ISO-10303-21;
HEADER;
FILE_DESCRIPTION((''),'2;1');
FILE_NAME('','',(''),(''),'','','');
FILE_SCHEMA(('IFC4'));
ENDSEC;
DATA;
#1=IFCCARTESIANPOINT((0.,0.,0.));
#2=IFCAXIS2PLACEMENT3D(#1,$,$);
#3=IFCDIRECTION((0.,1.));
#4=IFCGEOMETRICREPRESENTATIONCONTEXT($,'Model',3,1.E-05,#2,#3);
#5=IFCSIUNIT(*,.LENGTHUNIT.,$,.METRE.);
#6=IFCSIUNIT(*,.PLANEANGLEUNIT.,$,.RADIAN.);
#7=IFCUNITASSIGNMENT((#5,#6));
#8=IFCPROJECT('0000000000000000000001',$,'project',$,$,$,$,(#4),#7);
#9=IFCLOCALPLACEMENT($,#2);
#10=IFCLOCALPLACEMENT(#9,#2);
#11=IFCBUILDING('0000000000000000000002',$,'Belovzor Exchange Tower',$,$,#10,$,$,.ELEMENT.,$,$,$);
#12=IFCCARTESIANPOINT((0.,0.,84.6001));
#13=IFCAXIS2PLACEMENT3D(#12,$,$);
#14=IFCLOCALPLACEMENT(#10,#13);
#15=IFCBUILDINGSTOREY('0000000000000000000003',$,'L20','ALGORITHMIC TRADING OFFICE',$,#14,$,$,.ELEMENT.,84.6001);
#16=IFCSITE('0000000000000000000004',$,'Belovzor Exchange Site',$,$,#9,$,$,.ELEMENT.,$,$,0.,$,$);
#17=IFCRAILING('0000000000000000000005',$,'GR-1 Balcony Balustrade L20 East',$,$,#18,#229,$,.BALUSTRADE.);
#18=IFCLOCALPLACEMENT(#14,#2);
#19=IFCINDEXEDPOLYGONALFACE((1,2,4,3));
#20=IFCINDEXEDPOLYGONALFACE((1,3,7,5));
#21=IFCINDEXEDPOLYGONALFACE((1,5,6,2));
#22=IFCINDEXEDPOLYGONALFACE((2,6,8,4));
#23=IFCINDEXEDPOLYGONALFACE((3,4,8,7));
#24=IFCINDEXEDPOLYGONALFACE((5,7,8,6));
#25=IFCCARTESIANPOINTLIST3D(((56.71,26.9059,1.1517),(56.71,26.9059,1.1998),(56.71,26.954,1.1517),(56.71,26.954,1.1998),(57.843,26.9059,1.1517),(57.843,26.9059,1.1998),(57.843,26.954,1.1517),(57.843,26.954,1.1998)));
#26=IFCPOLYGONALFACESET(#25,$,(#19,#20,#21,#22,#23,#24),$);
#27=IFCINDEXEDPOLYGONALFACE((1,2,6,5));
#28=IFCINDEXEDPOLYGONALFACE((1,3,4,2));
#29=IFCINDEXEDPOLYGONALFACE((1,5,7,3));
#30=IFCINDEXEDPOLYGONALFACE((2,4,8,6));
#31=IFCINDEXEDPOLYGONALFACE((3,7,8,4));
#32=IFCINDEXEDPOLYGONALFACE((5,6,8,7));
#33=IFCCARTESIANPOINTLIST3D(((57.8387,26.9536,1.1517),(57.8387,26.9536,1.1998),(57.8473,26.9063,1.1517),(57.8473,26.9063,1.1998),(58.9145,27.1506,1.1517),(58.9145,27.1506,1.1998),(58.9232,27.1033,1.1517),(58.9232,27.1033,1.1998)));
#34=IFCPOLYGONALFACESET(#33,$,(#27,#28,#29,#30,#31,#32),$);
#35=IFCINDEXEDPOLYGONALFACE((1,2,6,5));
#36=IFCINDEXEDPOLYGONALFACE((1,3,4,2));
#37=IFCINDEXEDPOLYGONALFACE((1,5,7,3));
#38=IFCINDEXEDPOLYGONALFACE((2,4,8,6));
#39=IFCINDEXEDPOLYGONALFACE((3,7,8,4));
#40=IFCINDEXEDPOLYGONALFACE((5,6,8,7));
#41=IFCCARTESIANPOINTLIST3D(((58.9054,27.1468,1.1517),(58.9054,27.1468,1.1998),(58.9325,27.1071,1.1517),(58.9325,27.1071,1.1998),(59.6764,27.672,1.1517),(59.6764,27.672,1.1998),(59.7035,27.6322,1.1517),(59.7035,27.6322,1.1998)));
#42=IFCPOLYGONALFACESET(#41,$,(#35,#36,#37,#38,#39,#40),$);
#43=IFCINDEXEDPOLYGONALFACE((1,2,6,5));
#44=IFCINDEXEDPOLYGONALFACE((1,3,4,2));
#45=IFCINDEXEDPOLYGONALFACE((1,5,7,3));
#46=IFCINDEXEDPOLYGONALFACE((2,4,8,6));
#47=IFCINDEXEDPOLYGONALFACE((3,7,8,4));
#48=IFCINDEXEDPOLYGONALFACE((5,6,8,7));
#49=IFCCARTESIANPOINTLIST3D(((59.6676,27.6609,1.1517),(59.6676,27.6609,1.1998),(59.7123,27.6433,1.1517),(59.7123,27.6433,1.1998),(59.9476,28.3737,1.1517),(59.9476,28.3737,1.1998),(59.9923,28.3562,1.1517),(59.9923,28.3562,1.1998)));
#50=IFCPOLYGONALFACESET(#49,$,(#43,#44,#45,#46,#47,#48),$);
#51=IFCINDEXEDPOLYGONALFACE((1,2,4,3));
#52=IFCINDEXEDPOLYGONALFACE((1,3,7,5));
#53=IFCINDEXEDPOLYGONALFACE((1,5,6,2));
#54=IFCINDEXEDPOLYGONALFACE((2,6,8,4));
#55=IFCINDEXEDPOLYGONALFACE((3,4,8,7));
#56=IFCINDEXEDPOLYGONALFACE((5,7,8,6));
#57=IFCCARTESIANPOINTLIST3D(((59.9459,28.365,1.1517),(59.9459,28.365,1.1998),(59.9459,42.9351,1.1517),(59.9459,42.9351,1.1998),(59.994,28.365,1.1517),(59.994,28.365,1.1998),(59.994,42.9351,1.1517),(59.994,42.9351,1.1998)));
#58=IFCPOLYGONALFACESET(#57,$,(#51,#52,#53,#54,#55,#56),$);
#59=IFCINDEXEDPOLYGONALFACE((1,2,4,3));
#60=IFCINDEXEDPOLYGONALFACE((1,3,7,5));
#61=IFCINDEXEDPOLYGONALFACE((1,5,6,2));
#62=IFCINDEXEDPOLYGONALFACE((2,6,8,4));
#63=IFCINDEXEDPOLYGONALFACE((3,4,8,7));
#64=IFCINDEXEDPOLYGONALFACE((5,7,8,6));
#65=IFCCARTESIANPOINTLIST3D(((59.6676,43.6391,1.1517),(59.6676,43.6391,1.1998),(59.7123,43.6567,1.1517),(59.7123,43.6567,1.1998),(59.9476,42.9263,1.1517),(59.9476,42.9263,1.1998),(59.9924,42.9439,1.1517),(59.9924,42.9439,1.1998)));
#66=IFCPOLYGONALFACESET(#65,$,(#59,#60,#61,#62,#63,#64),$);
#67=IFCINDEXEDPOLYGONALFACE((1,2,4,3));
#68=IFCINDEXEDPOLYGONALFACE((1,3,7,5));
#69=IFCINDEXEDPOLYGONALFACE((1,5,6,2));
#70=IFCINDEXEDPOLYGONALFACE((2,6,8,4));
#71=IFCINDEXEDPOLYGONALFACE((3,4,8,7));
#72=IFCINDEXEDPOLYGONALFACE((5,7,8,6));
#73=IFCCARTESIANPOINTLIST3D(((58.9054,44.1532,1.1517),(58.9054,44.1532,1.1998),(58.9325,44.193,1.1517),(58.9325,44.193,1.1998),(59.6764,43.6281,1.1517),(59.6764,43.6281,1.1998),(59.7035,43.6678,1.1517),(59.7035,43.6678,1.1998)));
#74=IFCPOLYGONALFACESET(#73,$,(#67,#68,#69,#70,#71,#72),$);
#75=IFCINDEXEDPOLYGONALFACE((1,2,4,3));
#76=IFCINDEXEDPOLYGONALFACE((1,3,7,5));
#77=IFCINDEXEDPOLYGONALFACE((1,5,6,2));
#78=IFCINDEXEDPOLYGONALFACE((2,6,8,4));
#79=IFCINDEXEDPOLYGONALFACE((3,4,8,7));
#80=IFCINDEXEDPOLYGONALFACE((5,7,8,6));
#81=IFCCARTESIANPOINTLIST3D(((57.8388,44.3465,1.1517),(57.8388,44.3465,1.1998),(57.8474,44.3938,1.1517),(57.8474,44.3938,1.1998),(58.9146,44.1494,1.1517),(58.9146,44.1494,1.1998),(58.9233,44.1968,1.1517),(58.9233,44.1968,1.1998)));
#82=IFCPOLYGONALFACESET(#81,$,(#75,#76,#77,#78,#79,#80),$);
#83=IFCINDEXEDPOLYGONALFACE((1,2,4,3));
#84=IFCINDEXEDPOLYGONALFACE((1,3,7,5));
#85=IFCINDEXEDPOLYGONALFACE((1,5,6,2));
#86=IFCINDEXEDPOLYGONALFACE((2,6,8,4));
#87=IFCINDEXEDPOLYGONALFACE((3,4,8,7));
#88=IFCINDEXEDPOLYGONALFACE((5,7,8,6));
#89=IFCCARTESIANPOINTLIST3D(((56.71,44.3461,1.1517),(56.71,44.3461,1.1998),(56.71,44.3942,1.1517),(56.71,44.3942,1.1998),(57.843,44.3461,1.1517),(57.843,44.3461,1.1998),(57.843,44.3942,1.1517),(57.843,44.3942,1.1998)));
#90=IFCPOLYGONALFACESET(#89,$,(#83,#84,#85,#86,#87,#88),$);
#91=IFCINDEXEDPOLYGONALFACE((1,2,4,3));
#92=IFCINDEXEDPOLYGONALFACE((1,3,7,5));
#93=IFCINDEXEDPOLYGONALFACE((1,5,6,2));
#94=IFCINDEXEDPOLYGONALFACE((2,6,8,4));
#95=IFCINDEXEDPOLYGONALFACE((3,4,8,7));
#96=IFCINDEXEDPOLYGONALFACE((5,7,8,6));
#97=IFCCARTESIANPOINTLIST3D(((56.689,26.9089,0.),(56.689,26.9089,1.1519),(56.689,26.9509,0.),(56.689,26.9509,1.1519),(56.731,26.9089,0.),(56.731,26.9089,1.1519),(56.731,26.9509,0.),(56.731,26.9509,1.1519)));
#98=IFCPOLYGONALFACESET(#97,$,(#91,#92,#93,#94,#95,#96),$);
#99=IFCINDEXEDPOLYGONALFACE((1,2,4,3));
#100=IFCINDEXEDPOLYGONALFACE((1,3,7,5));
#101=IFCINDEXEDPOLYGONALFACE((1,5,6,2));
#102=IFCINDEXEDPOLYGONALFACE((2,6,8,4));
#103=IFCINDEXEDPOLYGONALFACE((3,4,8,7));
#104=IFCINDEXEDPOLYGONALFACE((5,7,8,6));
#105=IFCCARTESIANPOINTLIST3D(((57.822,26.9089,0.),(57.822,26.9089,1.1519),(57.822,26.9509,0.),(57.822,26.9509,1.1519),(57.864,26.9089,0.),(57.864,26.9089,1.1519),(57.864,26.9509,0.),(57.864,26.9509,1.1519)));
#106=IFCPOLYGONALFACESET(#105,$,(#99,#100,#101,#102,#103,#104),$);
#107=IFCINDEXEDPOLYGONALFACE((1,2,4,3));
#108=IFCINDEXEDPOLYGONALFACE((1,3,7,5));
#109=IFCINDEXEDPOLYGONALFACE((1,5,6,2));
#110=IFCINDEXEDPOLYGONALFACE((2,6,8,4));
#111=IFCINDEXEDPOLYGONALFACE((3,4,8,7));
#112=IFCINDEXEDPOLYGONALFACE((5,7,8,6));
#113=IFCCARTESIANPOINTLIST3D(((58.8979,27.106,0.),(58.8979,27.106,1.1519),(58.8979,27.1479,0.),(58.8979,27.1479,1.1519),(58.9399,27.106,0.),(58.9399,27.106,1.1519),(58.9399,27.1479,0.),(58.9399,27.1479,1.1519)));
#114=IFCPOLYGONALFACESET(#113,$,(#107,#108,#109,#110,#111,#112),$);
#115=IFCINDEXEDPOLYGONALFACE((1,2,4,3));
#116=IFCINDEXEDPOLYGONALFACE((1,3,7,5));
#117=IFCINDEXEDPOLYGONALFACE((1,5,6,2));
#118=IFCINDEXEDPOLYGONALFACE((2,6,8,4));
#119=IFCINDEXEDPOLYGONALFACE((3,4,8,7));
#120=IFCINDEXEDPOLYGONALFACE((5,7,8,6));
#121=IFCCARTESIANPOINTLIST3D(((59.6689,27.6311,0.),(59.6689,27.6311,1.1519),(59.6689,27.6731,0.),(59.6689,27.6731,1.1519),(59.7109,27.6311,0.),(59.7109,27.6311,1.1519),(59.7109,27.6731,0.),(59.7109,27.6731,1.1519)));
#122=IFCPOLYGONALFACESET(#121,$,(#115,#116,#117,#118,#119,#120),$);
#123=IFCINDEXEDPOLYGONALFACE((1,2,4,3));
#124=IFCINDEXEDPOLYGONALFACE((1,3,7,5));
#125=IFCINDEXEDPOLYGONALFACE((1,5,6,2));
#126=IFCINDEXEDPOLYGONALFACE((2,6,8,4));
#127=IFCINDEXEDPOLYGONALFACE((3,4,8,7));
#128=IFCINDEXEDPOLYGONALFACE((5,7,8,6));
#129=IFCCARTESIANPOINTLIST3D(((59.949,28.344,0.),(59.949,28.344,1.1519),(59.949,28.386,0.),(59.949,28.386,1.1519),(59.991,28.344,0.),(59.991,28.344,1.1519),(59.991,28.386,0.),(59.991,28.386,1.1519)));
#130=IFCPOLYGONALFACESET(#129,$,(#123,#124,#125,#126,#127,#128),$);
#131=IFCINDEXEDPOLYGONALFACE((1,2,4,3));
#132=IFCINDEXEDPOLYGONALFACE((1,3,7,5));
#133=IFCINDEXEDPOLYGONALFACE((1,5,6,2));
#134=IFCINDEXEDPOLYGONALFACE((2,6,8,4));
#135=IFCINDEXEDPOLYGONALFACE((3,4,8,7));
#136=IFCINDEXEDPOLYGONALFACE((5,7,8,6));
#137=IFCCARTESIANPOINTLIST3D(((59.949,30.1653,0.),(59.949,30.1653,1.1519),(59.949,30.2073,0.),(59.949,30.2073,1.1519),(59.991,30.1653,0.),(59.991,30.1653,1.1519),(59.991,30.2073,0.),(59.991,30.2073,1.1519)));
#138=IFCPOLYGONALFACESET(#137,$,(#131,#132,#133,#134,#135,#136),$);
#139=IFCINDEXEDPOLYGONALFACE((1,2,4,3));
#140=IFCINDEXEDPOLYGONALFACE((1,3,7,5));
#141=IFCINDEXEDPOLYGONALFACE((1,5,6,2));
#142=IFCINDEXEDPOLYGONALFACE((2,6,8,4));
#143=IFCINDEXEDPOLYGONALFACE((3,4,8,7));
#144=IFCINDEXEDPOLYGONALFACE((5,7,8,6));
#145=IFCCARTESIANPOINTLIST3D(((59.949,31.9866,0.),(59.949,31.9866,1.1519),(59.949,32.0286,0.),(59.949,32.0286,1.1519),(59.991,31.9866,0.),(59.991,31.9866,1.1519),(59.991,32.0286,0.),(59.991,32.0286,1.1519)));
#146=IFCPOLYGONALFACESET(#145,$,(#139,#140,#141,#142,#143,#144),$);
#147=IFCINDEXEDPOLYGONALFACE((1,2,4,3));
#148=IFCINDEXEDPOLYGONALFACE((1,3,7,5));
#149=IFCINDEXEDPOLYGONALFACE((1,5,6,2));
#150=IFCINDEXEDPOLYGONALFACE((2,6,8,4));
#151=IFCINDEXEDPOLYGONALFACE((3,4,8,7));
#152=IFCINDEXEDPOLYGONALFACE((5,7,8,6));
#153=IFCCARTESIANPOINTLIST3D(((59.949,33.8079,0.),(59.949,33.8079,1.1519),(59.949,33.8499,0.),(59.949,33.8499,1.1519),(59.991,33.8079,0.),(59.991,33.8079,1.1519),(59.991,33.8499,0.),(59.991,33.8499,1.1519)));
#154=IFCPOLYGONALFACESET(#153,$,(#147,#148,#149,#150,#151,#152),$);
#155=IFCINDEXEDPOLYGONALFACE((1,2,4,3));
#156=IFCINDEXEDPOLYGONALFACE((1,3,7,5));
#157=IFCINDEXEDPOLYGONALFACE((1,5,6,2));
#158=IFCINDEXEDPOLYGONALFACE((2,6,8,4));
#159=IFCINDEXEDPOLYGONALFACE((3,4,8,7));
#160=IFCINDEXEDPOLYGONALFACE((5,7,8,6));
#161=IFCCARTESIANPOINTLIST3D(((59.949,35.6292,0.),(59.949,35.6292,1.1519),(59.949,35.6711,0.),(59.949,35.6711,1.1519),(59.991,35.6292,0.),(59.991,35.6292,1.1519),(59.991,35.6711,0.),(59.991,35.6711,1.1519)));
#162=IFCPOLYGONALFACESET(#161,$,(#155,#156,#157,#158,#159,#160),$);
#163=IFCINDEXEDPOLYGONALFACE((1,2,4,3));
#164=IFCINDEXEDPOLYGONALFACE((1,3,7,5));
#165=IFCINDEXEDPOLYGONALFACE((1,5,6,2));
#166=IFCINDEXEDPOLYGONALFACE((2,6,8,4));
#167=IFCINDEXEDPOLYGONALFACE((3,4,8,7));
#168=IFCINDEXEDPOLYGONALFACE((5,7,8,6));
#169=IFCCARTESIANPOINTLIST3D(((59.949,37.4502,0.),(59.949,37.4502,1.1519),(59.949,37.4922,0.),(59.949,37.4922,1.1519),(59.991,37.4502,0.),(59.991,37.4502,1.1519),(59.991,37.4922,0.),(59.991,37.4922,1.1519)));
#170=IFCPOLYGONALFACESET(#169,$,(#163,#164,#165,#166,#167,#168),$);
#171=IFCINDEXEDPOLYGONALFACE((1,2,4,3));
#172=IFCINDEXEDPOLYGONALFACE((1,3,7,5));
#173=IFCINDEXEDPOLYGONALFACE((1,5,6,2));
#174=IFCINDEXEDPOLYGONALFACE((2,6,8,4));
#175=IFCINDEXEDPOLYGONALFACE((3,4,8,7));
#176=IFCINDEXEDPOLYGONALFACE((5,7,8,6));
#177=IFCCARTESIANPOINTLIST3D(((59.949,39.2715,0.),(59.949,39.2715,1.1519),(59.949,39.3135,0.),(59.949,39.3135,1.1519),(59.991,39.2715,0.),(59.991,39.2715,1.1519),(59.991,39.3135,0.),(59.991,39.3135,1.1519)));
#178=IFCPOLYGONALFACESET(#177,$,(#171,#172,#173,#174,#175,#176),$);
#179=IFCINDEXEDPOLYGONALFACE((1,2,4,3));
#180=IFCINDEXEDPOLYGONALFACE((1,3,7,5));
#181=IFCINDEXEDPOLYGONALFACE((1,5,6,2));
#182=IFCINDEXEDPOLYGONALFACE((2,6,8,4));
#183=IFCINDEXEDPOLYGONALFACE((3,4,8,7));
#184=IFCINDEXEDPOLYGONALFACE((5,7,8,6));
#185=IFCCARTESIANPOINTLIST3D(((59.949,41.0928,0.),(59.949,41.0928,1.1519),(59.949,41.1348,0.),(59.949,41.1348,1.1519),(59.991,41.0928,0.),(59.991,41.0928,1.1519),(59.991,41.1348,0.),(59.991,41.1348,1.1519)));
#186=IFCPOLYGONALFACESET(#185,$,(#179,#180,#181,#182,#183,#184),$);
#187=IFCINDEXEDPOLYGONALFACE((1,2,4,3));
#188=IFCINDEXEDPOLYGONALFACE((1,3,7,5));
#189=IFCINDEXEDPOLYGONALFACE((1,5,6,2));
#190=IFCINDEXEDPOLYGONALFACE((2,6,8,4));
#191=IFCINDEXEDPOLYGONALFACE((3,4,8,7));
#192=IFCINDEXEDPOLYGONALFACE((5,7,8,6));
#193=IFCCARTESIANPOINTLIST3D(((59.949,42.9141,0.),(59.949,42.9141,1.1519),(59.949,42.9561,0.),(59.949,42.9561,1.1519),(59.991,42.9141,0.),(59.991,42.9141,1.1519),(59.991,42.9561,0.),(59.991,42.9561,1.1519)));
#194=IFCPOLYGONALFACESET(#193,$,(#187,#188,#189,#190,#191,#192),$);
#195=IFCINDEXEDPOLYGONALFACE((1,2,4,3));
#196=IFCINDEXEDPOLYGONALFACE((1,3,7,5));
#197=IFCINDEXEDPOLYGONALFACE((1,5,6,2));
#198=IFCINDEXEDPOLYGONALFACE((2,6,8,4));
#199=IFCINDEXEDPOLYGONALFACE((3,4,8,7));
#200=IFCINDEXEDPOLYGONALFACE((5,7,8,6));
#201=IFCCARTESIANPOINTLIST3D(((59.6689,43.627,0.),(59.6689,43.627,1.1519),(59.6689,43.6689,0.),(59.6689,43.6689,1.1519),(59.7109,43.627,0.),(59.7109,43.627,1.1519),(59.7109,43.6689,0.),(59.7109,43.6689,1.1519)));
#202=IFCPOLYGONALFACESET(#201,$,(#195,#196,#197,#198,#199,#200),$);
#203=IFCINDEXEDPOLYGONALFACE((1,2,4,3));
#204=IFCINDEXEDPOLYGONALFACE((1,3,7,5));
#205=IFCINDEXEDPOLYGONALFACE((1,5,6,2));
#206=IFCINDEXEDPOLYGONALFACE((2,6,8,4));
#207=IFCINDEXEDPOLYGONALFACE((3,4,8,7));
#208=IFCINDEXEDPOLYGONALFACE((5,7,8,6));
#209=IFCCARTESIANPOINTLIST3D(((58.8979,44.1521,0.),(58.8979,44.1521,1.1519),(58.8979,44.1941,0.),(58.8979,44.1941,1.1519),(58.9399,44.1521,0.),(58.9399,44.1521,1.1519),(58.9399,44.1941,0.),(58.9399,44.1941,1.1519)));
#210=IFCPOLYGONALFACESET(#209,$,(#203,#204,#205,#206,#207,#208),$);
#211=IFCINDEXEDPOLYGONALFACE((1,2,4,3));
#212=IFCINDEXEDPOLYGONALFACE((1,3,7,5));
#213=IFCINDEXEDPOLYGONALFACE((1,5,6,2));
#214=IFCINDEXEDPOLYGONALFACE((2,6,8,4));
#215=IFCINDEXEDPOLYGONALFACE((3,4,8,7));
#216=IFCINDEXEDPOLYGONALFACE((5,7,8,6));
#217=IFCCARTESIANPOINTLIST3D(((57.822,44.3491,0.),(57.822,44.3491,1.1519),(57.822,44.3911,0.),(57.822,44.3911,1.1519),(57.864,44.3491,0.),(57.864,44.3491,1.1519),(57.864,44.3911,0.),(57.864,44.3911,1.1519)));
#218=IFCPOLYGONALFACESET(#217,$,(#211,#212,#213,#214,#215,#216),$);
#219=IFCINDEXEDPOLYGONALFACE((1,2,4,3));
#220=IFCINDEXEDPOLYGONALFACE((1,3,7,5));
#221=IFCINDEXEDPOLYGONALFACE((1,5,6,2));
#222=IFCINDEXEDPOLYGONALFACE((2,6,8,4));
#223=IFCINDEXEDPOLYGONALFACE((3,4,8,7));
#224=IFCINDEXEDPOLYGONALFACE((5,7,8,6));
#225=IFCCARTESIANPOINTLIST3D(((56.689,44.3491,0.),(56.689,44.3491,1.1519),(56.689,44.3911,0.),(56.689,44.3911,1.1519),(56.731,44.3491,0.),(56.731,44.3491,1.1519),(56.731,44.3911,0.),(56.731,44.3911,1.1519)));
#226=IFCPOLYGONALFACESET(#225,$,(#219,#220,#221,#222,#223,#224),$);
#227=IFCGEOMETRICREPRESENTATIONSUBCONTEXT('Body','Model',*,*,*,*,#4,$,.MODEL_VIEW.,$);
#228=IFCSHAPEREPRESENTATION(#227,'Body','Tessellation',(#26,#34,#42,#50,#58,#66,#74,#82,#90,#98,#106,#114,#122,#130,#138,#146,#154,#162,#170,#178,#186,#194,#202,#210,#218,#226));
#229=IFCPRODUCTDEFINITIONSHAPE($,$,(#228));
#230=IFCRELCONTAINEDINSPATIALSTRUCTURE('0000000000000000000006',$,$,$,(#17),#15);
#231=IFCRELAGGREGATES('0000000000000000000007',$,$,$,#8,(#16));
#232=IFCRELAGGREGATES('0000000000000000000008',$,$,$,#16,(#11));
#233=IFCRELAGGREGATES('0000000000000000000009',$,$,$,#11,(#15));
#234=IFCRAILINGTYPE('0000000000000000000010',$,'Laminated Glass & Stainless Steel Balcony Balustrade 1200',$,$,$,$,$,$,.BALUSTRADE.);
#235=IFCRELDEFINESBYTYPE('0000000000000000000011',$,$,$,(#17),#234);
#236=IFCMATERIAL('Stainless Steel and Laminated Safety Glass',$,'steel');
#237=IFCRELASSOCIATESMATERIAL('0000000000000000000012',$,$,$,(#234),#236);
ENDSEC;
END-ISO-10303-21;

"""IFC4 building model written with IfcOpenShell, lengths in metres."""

from ifc_helpers import new_model, si_unit, direction, frame, origin, origin_2d, place, context, subcontext, project, spatial, rectangle, extrude, material, type_object, element, save


model = new_model("IFC4")

# Units and contexts
model_context = context("Model", 3, precision=1e-05, world=origin(), true_north=direction((0.0, 1.0)))
body_context = subcontext(model_context, "Body", "Model", "MODEL_VIEW")
ifc_project = project(units=[si_unit("LENGTHUNIT", "METRE"), si_unit("PLANEANGLEUNIT", "RADIAN")], contexts=[model_context])

# Site, building, storey
site_placement = place(None, origin())
site = spatial("IfcSite", under=ifc_project, at=site_placement, Name="Belovzor Exchange Site", CompositionType="ELEMENT", RefElevation=0.0)
building_placement = place(site_placement, origin())
building = spatial("IfcBuilding", under=site, at=building_placement, Name="Belovzor Exchange Tower", CompositionType="ELEMENT")
storey_placement = place(building_placement, frame((0.0, 0.0, 84.6001)))
storey = spatial("IfcBuildingStorey", under=building, at=storey_placement, Name="L20", Description="ALGORITHMIC TRADING OFFICE", CompositionType="ELEMENT", Elevation=84.6001)

# Railing
ifc_material_1 = material(Name="Stainless Steel and Laminated Safety Glass", Category="steel")
railing_type = type_object("IfcRailingType", Name="Laminated Glass & Stainless Steel Balcony Balustrade 1200", PredefinedType="BALUSTRADE", material=ifc_material_1)
railing_placement = place(storey_placement, frame((56.71, 26.9299, 0.0)))
element("IfcRailing", 1, at=railing_placement, inside=storey, type_object=railing_type, Name="GR-1 Balcony Balustrade L20 East", PredefinedType="BALUSTRADE", context=body_context, shape_type="SweptSolid", body=[
    extrude(rectangle(XDim=0.0481, YDim=0.0481, at=origin_2d()), frame((0.0, 0.0, 1.1758), z_axis=(1.0, 0.0, 0.0), x_axis=(0.0, 1.0, 0.0)), (0.0, 0.0, 1.0), 1.1331),
    extrude(rectangle(XDim=0.0481, YDim=0.0481, at=origin_2d()), frame((1.1331, 0.0, 1.1758), z_axis=(0.983644, 0.180123, 0.0), x_axis=(-0.180123, 0.983644, 0.0)), (0.0, 0.0, 1.0), 1.0938),
    extrude(rectangle(XDim=0.0481, YDim=0.0481, at=origin_2d()), frame((2.209, 0.197, 1.1758), z_axis=(0.826493, 0.562947, 0.0), x_axis=(-0.562947, 0.826493, 0.0)), (0.0, 0.0, 1.0), 0.9329),
    extrude(rectangle(XDim=0.0481, YDim=0.0481, at=origin_2d()), frame((2.98, 0.7222, 1.1758), z_axis=(0.365613, 0.930767, 0.0), x_axis=(-0.930767, 0.365613, 0.0)), (0.0, 0.0, 1.0), 0.7659),
    extrude(rectangle(XDim=0.0481, YDim=0.0481, at=origin_2d()), frame((3.26, 1.4351, 1.1758), z_axis=(0.0, 1.0, 0.0), x_axis=(-1.0, 0.0, 0.0)), (0.0, 0.0, 1.0), 14.5701),
    extrude(rectangle(XDim=0.0481, YDim=0.0481, at=origin_2d()), frame((3.26, 16.0051, 1.1758), z_axis=(-0.365613, 0.930767, 0.0), x_axis=(-0.930767, -0.365613, 0.0)), (0.0, 0.0, 1.0), 0.7659),
    extrude(rectangle(XDim=0.0481, YDim=0.0481, at=origin_2d()), frame((2.98, 16.718, 1.1758), z_axis=(-0.826493, 0.562947, 0.0), x_axis=(-0.562947, -0.826493, 0.0)), (0.0, 0.0, 1.0), 0.9329),
    extrude(rectangle(XDim=0.0481, YDim=0.0481, at=origin_2d()), frame((2.209, 17.2432, 1.1758), z_axis=(-0.983644, 0.180123, 0.0), x_axis=(-0.180123, -0.983644, 0.0)), (0.0, 0.0, 1.0), 1.0938),
    extrude(rectangle(XDim=0.0481, YDim=0.0481, at=origin_2d()), frame((1.1331, 17.4402, 1.1758), z_axis=(-1.0, 0.0, 0.0), x_axis=(0.0, -1.0, 0.0)), (0.0, 0.0, 1.0), 1.1331),
    extrude(rectangle(XDim=0.042, YDim=0.042, at=origin_2d()), origin(), (0.0, 0.0, 1.0), 1.1519),
    extrude(rectangle(XDim=0.042, YDim=0.042, at=origin_2d()), frame((1.1331, 0.0, 0.0)), (0.0, 0.0, 1.0), 1.1519),
    extrude(rectangle(XDim=0.042, YDim=0.042, at=origin_2d()), frame((2.209, 0.197, 0.0)), (0.0, 0.0, 1.0), 1.1519),
    extrude(rectangle(XDim=0.042, YDim=0.042, at=origin_2d()), frame((2.98, 0.7222, 0.0)), (0.0, 0.0, 1.0), 1.1519),
    extrude(rectangle(XDim=0.042, YDim=0.042, at=origin_2d()), frame((3.26, 1.4351, 0.0)), (0.0, 0.0, 1.0), 1.1519),
    extrude(rectangle(XDim=0.042, YDim=0.042, at=origin_2d()), frame((3.26, 3.2563, 0.0)), (0.0, 0.0, 1.0), 1.1519),
    extrude(rectangle(XDim=0.042, YDim=0.042, at=origin_2d()), frame((3.26, 5.0776, 0.0)), (0.0, 0.0, 1.0), 1.1519),
    extrude(rectangle(XDim=0.042, YDim=0.042, at=origin_2d()), frame((3.26, 6.8989, 0.0)), (0.0, 0.0, 1.0), 1.1519),
    extrude(rectangle(XDim=0.042, YDim=0.042, at=origin_2d()), frame((3.26, 8.7202, 0.0)), (0.0, 0.0, 1.0), 1.1519),
    extrude(rectangle(XDim=0.042, YDim=0.042, at=origin_2d()), frame((3.26, 10.5413, 0.0)), (0.0, 0.0, 1.0), 1.1519),
    extrude(rectangle(XDim=0.042, YDim=0.042, at=origin_2d()), frame((3.26, 12.3625, 0.0)), (0.0, 0.0, 1.0), 1.1519),
    extrude(rectangle(XDim=0.042, YDim=0.042, at=origin_2d()), frame((3.26, 14.1838, 0.0)), (0.0, 0.0, 1.0), 1.1519),
    extrude(rectangle(XDim=0.042, YDim=0.042, at=origin_2d()), frame((3.26, 16.0051, 0.0)), (0.0, 0.0, 1.0), 1.1519),
    extrude(rectangle(XDim=0.042, YDim=0.042, at=origin_2d()), frame((2.98, 16.718, 0.0)), (0.0, 0.0, 1.0), 1.1519),
    extrude(rectangle(XDim=0.042, YDim=0.042, at=origin_2d()), frame((2.209, 17.2432, 0.0)), (0.0, 0.0, 1.0), 1.1519),
    extrude(rectangle(XDim=0.042, YDim=0.042, at=origin_2d()), frame((1.1331, 17.4402, 0.0)), (0.0, 0.0, 1.0), 1.1519),
    extrude(rectangle(XDim=0.042, YDim=0.042, at=origin_2d()), frame((0.0, 17.4402, 0.0)), (0.0, 0.0, 1.0), 1.1519),
])

save(model, "model.ifc")
